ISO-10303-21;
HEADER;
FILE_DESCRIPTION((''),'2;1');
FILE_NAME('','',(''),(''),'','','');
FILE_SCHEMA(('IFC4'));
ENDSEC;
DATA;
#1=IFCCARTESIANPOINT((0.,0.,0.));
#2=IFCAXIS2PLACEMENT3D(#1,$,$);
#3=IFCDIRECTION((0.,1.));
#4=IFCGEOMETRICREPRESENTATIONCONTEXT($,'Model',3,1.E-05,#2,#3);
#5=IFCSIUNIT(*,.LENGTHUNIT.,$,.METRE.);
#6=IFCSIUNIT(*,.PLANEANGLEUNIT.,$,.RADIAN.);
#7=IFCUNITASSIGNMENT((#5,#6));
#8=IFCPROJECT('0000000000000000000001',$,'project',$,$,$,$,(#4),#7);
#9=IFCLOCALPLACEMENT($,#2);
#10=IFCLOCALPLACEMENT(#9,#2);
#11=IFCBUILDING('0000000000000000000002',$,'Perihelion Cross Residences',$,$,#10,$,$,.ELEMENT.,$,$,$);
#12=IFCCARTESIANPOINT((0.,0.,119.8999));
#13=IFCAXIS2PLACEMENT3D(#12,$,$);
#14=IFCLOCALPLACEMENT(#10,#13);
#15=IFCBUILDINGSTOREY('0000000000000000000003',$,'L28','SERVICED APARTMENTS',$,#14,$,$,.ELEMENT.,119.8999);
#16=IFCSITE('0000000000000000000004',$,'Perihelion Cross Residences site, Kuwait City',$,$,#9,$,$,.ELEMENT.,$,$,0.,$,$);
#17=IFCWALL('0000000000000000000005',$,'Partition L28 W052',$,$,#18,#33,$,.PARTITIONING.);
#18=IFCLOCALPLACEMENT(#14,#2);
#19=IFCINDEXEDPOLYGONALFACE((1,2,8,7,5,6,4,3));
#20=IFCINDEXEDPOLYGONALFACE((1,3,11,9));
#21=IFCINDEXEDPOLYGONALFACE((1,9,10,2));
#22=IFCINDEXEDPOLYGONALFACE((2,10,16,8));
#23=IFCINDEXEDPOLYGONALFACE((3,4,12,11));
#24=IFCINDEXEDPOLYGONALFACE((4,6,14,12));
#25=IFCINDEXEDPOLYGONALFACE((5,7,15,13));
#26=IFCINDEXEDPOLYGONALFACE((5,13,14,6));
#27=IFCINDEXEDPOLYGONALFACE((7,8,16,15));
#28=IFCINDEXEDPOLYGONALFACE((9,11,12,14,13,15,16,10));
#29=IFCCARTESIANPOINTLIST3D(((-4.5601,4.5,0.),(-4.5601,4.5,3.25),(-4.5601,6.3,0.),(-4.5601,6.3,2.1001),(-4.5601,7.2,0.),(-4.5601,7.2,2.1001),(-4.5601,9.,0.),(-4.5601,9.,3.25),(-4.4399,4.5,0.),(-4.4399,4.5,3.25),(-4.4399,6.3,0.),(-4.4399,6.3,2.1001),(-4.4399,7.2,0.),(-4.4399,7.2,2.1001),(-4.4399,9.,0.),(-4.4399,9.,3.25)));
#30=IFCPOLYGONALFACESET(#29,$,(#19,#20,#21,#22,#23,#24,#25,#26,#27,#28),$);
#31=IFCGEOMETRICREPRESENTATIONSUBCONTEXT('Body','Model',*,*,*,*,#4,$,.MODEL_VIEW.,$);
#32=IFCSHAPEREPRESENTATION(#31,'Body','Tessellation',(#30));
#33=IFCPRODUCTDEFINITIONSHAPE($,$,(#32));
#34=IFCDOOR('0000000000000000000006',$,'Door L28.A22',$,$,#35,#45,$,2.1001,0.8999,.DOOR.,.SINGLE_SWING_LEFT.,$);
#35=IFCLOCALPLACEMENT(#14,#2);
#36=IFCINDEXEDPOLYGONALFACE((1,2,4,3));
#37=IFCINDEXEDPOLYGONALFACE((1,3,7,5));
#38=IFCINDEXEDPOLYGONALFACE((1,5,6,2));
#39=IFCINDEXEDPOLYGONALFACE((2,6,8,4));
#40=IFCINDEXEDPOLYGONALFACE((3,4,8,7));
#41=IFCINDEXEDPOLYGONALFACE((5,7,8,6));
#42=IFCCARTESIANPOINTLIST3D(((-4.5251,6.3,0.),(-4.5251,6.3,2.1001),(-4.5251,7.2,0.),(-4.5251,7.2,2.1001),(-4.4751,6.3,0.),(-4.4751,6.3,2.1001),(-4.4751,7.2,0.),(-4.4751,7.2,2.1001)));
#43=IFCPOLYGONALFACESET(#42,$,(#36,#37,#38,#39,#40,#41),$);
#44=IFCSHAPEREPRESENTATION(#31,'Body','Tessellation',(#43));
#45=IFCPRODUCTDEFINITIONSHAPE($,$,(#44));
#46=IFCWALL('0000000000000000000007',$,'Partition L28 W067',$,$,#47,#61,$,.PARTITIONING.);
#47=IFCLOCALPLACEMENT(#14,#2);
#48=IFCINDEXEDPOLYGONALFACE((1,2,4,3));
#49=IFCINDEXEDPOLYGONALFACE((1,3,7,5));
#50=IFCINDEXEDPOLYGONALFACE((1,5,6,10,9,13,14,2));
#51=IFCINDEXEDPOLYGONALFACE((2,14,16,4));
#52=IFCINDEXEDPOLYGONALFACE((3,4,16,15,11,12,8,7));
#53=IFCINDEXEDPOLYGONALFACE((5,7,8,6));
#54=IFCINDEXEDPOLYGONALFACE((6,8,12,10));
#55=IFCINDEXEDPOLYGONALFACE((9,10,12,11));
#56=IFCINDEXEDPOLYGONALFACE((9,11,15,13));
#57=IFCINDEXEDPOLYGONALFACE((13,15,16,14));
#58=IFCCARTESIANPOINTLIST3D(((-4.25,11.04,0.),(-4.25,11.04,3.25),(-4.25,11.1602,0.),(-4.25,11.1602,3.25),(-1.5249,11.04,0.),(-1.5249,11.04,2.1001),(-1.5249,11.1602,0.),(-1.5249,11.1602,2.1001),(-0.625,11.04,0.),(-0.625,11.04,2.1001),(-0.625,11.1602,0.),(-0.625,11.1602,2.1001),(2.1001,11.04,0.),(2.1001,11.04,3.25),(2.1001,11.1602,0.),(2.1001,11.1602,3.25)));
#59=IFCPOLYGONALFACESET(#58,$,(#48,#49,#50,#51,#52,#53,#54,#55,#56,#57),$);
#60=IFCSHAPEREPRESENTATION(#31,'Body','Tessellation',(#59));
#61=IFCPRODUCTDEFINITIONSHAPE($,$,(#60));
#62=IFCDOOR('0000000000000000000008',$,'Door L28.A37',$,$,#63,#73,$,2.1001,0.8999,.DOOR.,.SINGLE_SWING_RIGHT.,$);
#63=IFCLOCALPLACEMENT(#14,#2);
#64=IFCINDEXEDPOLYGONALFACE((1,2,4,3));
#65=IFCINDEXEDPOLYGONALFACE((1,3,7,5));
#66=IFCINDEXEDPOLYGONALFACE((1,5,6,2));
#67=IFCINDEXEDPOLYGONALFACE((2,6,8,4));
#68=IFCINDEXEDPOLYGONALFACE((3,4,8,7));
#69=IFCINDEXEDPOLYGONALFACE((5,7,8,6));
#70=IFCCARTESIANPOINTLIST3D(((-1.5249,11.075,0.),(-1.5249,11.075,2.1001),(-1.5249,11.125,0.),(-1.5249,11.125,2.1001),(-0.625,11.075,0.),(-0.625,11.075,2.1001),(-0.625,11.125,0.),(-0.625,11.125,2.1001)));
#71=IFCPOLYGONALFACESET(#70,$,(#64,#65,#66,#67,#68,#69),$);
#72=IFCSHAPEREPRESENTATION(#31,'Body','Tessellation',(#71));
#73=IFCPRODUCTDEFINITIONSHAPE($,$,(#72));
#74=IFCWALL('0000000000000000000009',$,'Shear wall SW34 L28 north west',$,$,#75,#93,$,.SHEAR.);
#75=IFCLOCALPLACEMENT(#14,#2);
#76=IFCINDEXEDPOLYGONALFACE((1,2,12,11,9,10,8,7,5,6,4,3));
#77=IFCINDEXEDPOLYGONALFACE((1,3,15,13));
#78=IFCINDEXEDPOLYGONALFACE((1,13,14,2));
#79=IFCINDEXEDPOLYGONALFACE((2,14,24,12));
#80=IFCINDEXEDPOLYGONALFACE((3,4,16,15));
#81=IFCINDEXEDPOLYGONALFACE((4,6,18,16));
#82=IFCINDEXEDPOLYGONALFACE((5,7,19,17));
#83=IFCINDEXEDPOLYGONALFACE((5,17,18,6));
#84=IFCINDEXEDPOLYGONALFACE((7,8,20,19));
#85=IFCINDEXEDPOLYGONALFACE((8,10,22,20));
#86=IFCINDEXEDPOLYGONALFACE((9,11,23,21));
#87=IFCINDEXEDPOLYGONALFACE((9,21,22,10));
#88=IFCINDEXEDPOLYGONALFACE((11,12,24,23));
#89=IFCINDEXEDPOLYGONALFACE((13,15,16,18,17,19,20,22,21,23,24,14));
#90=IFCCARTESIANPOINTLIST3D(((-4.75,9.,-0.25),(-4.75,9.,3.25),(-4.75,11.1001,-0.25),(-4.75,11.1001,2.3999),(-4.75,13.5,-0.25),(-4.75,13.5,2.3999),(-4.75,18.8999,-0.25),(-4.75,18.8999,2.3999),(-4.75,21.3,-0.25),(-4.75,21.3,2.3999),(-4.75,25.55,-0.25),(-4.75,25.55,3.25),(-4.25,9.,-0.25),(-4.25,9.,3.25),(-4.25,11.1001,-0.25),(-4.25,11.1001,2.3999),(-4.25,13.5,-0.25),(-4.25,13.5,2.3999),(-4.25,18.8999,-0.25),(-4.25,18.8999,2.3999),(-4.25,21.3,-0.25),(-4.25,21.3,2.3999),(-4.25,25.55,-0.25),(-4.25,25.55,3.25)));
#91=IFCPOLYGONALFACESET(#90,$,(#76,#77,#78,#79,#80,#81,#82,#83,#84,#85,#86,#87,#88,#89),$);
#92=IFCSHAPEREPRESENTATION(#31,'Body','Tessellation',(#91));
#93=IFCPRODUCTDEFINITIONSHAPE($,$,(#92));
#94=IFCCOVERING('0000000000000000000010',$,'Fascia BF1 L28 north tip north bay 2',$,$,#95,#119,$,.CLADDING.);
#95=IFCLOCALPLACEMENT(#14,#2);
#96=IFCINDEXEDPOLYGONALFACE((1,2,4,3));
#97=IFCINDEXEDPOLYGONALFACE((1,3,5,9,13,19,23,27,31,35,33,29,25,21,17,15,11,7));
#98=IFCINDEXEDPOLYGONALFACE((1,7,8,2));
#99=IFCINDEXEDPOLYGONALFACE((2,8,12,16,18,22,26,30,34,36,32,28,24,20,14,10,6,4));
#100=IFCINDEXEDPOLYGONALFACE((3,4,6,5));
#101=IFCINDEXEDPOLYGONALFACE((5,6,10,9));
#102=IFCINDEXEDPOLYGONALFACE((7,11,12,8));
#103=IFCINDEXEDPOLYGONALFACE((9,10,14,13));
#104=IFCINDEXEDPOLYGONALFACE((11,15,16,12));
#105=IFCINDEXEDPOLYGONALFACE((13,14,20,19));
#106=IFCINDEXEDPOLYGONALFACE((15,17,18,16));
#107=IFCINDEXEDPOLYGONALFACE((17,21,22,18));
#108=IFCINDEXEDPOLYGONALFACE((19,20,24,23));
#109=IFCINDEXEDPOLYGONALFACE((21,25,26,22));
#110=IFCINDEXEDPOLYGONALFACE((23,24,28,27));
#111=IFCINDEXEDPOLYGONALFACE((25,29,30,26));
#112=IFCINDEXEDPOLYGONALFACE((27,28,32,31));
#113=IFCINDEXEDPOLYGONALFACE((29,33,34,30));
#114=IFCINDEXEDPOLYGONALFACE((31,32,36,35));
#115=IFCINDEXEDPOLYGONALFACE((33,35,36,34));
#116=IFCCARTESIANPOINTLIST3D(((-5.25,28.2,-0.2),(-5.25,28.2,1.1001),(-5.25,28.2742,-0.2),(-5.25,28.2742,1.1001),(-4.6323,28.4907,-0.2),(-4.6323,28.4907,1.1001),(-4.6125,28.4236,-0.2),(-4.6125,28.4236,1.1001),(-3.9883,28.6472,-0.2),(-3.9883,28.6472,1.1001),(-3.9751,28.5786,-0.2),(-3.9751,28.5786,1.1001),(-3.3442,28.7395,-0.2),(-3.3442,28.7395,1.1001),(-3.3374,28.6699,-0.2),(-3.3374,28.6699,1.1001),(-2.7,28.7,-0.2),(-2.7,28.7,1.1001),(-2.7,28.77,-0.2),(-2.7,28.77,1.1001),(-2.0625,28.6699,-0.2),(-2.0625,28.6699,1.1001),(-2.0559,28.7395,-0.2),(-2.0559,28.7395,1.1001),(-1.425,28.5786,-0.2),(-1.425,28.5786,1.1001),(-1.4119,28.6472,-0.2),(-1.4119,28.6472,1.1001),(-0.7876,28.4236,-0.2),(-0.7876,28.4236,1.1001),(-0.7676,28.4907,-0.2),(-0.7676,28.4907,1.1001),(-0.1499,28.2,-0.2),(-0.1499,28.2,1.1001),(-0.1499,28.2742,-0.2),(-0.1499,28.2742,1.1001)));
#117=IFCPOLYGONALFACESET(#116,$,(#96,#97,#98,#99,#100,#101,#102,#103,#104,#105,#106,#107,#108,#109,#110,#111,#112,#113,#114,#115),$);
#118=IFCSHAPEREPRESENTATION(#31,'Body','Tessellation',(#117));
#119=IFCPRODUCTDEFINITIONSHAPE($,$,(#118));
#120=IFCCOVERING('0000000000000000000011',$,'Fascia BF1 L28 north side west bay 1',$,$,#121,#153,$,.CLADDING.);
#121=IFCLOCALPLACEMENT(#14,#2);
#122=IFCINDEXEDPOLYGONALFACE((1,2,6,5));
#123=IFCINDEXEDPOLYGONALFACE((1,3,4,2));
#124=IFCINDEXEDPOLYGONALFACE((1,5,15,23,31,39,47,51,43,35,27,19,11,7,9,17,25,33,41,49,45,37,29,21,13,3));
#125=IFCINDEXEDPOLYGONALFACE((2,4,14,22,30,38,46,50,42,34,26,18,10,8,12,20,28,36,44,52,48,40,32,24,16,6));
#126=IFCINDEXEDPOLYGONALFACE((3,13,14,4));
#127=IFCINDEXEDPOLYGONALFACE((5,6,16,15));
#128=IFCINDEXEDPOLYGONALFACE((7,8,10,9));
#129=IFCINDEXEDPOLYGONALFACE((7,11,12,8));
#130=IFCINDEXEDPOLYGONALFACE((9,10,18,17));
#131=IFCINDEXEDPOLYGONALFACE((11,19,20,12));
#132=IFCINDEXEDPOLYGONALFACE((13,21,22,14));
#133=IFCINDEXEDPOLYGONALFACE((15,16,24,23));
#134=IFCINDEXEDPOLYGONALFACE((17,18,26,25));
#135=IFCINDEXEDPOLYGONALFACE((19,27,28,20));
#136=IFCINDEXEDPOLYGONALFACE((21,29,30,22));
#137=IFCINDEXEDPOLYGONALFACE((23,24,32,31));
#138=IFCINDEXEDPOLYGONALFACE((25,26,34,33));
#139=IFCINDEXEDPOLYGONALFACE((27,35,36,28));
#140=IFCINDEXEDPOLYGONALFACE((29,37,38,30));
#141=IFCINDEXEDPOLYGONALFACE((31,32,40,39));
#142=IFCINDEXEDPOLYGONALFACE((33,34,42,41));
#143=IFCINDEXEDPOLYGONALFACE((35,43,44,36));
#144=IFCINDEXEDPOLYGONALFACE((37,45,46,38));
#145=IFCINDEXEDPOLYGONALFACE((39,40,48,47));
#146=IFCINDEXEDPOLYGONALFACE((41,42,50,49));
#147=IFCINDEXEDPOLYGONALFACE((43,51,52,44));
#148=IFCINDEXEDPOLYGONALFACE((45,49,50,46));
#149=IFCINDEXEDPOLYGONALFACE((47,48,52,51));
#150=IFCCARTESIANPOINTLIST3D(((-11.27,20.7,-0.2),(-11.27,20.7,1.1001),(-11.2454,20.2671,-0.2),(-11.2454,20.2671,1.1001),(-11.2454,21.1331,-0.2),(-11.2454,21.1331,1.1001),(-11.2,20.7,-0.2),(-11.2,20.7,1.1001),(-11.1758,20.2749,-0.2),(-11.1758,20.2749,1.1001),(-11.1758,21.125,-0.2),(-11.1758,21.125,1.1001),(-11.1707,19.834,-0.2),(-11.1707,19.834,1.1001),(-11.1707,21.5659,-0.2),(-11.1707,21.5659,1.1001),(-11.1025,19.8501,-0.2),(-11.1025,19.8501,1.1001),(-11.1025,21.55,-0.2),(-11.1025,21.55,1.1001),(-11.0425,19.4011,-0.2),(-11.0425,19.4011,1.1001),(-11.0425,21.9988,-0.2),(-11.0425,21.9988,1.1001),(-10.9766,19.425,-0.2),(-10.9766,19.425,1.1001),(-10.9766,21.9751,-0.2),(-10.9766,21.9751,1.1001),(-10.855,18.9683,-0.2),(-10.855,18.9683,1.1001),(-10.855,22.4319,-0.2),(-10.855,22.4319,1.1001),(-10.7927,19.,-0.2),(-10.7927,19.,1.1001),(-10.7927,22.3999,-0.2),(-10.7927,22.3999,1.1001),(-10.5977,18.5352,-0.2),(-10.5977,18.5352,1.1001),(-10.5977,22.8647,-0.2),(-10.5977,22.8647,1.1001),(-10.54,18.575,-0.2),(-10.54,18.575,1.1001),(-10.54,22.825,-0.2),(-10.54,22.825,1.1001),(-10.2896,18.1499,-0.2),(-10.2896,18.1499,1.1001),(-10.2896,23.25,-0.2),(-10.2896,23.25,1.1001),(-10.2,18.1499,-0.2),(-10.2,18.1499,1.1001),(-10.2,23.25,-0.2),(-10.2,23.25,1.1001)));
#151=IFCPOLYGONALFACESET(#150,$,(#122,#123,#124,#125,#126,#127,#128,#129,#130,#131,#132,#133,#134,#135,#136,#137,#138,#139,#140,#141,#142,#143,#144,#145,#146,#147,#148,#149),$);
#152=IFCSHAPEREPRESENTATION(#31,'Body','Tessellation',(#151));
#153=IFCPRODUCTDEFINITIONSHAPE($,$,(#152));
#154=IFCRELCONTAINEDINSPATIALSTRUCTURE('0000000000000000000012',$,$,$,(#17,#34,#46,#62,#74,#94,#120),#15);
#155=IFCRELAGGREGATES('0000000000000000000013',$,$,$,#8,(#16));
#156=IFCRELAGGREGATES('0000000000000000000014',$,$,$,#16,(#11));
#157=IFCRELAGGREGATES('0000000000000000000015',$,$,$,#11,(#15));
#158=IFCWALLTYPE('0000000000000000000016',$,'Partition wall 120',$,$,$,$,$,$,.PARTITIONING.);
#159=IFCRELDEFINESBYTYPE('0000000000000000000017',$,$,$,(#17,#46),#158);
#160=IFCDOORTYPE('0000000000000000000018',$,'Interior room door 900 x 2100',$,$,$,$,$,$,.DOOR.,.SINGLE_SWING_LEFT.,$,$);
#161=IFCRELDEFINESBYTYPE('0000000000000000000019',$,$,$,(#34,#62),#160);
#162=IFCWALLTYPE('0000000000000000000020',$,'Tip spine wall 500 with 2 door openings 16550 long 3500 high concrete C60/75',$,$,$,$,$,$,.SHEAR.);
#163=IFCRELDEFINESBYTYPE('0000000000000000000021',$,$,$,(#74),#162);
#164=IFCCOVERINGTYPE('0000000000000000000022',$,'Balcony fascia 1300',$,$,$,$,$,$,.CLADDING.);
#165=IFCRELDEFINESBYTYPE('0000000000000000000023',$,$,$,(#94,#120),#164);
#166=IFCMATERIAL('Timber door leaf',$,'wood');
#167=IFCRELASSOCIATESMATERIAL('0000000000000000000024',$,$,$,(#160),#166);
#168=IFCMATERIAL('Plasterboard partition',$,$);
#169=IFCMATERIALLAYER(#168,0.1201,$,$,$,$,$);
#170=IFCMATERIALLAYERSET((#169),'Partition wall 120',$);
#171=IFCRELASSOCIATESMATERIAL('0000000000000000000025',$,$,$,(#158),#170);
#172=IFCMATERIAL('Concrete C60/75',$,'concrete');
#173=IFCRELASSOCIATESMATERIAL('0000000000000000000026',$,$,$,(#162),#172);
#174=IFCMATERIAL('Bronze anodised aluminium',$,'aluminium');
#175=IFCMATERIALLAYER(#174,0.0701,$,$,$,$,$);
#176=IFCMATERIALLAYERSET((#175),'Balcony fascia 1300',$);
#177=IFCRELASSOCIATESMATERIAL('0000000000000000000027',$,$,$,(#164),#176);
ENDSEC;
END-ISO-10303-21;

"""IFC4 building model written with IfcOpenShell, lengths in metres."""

from ifc_helpers import new_model, si_unit, direction, frame, frame_2d, origin, place, context, subcontext, project, spatial, polyline, rectangle, outline, extrude, material, layer, layer_set, material_profile, profile_set, type_object, element, fill, save


model = new_model("IFC4")

# Units and contexts
model_context = context("Model", 3, precision=1e-05, world=origin(), true_north=direction((0.0, 1.0)))
body_context = subcontext(model_context, "Body", "Model", "MODEL_VIEW")
ifc_project = project(units=[si_unit("LENGTHUNIT", "METRE"), si_unit("PLANEANGLEUNIT", "RADIAN")], contexts=[model_context])

# Site, building, storey
site_placement = place(None, origin())
site = spatial("IfcSite", under=ifc_project, at=site_placement, Name="Perihelion Cross Residences site, Kuwait City", CompositionType="ELEMENT", RefElevation=0.0)
building_placement = place(site_placement, origin())
building = spatial("IfcBuilding", under=site, at=building_placement, Name="Perihelion Cross Residences", CompositionType="ELEMENT")
storey_placement = place(building_placement, frame((0.0, 0.0, 119.8999)))
storey = spatial("IfcBuildingStorey", under=building, at=storey_placement, Name="L28", Description="SERVICED APARTMENTS", CompositionType="ELEMENT", Elevation=119.8999)

# Shared definitions
ifc_material_1 = material(Name="Timber door leaf", Category="wood")
door_type_1 = type_object("IfcDoorType", Name="Interior room door 900 x 2100", OperationType="SINGLE_SWING_LEFT", PredefinedType="DOOR", material=ifc_material_1)

# Shared definitions
ifc_material_2 = material(Name="Plasterboard partition")
ifc_layer_1 = layer(ifc_material_2, 0.1201)
ifc_layer_set_1 = layer_set([ifc_layer_1], Name="Partition wall 120")
wall_type_1 = type_object("IfcWallType", Name="Partition wall 120", PredefinedType="PARTITIONING", material=ifc_layer_set_1)

# Walls, openings, doors
wall_1_placement = place(storey_placement, frame((-4.5, 9.0, 0.0), z_axis=(0.0, 0.0, 1.0), x_axis=(0.0, -1.0, 0.0)))
wall_1 = element("IfcWall", 1, at=wall_1_placement, inside=storey, type_object=wall_type_1, Name="Partition L28 W052", PredefinedType="PARTITIONING", context=body_context, shape_type="SweptSolid", body=[
    extrude(rectangle(XDim=4.5, YDim=0.1201, at=frame_2d((2.25, 0.0))), origin(), (0.0, 0.0, 1.0), 3.25),
])
opening_1_placement = place(wall_1_placement, frame((1.8, 0.0, 0.0)))
opening_1 = element("IfcOpeningElement", 2, at=opening_1_placement, cuts=wall_1, PredefinedType="OPENING", context=body_context, shape_type="SweptSolid", body=[
    extrude(rectangle(XDim=0.8999, YDim=2.1001, at=frame_2d((0.45, 1.05))), frame((0.0, 0.0701, 0.0), z_axis=(0.0, -1.0, 0.0), x_axis=(1.0, 0.0, 0.0)), (0.0, 0.0, 1.0), 0.1401),
])
door_1_placement = place(opening_1_placement, origin())
door_1 = element("IfcDoor", 3, at=door_1_placement, inside=storey, type_object=door_type_1, Name="Door L28.A22", OperationType="SINGLE_SWING_LEFT", OverallHeight=2.1001, OverallWidth=0.8999, PredefinedType="DOOR", context=body_context, shape_type="SweptSolid", body=[
    extrude(rectangle(XDim=0.8999, YDim=2.1001, at=frame_2d((0.45, 1.05))), frame((0.0, 0.0249, 0.0), z_axis=(0.0, -1.0, 0.0), x_axis=(1.0, 0.0, 0.0)), (0.0, 0.0, 1.0), 0.05),
])
fill(opening_1, door_1)
wall_2_placement = place(storey_placement, frame((-4.25, 11.1001, 0.0), z_axis=(0.0, 0.0, 1.0), x_axis=(1.0, 0.0, 0.0)))
wall_2 = element("IfcWall", 4, at=wall_2_placement, inside=storey, type_object=wall_type_1, Name="Partition L28 W067", PredefinedType="PARTITIONING", context=body_context, shape_type="SweptSolid", body=[
    extrude(rectangle(XDim=6.3501, YDim=0.1201, at=frame_2d((3.175, 0.0))), origin(), (0.0, 0.0, 1.0), 3.25),
])
opening_2_placement = place(wall_2_placement, frame((2.7251, 0.0, 0.0)))
opening_2 = element("IfcOpeningElement", 5, at=opening_2_placement, cuts=wall_2, PredefinedType="OPENING", context=body_context, shape_type="SweptSolid", body=[
    extrude(rectangle(XDim=0.8999, YDim=2.1001, at=frame_2d((0.45, 1.05))), frame((0.0, 0.0701, 0.0), z_axis=(0.0, -1.0, 0.0), x_axis=(1.0, 0.0, 0.0)), (0.0, 0.0, 1.0), 0.1401),
])
door_2_placement = place(opening_2_placement, origin())
door_2 = element("IfcDoor", 6, at=door_2_placement, inside=storey, type_object=door_type_1, Name="Door L28.A37", OperationType="SINGLE_SWING_RIGHT", OverallHeight=2.1001, OverallWidth=0.8999, PredefinedType="DOOR", context=body_context, shape_type="SweptSolid", body=[
    extrude(rectangle(XDim=0.8999, YDim=2.1001, at=frame_2d((0.45, 1.05))), frame((0.0, 0.0249, 0.0), z_axis=(0.0, -1.0, 0.0), x_axis=(1.0, 0.0, 0.0)), (0.0, 0.0, 1.0), 0.05),
])
fill(opening_2, door_2)

# Wall
ifc_material_3 = material(Name="Concrete C60/75", Category="concrete")
ifc_material_profile_1 = material_profile(ifc_material_3, outline(polyline([(0.0, 0.0), (2.1001, 0.0), (2.1001, 2.6499), (4.5, 2.6499), (4.5, 0.0), (9.8999, 0.0), (9.8999, 2.6499), (12.3, 2.6499), (12.3, 0.0), (16.55, 0.0), (16.55, 3.5), (0.0, 3.5), (0.0, 0.0)])), Name="Tip spine wall")
ifc_profile_set_1 = profile_set([ifc_material_profile_1], Name="Concrete C60/75")
wall_type_2 = type_object("IfcWallType", Name="Tip spine wall 500 with 2 door openings 16550 long 3500 high concrete C60/75", PredefinedType="SHEAR", material=ifc_profile_set_1)
wall_3_placement = place(storey_placement, frame((-4.75, 9.0, -0.25), z_axis=(1.0, 0.0, 0.0), x_axis=(0.0, 1.0, 0.0)))
element("IfcWall", 7, at=wall_3_placement, inside=storey, type_object=wall_type_2, Name="Shear wall SW34 L28 north west", PredefinedType="SHEAR", context=body_context, shape_type="SweptSolid", body=[
    extrude(outline(polyline([(0.0, 0.0), (2.1001, 0.0), (2.1001, 2.6499), (4.5, 2.6499), (4.5, 0.0), (9.8999, 0.0), (9.8999, 2.6499), (12.3, 2.6499), (12.3, 0.0), (16.55, 0.0), (16.55, 3.5), (0.0, 3.5), (0.0, 0.0)])), origin(), (0.0, 0.0, 1.0), 0.5),
])

# Coverings
ifc_material_4 = material(Name="Bronze anodised aluminium", Category="aluminium")
ifc_layer_2 = layer(ifc_material_4, 0.0701)
ifc_layer_set_2 = layer_set([ifc_layer_2], Name="Balcony fascia 1300")
covering_type = type_object("IfcCoveringType", Name="Balcony fascia 1300", PredefinedType="CLADDING", material=ifc_layer_set_2)
covering_1_placement = place(storey_placement, frame((0.0, 0.0, -0.2)))
element("IfcCovering", 8, at=covering_1_placement, inside=storey, type_object=covering_type, Name="Fascia BF1 L28 north tip north bay 2", PredefinedType="CLADDING", context=body_context, shape_type="SweptSolid", body=[
    extrude(outline(polyline([(-0.7676, 28.4907), (-1.4119, 28.6472), (-2.0559, 28.7395), (-2.7, 28.77), (-3.3442, 28.7395), (-3.9883, 28.6472), (-4.6323, 28.4907), (-5.25, 28.2742), (-5.25, 28.2), (-4.6125, 28.4236), (-3.9751, 28.5786), (-3.3374, 28.6699), (-2.7, 28.7), (-2.0625, 28.6699), (-1.425, 28.5786), (-0.7876, 28.4236), (-0.1499, 28.2), (-0.1499, 28.2742), (-0.7676, 28.4907)])), origin(), (0.0, 0.0, 1.0), 1.3),
])
covering_2_placement = place(storey_placement, frame((0.0, 0.0, -0.2)))
element("IfcCovering", 9, at=covering_2_placement, inside=storey, type_object=covering_type, Name="Fascia BF1 L28 north side west bay 1", PredefinedType="CLADDING", context=body_context, shape_type="SweptSolid", body=[
    extrude(outline(polyline([(-10.5977, 22.8647), (-10.855, 22.4319), (-11.0425, 21.9988), (-11.1707, 21.5659), (-11.2454, 21.1331), (-11.27, 20.7), (-11.2454, 20.2671), (-11.1707, 19.834), (-11.0425, 19.4011), (-10.855, 18.9683), (-10.5977, 18.5352), (-10.2896, 18.1499), (-10.2, 18.1499), (-10.54, 18.575), (-10.7927, 19.0), (-10.9766, 19.425), (-11.1025, 19.8501), (-11.1758, 20.2749), (-11.2, 20.7), (-11.1758, 21.125), (-11.1025, 21.55), (-10.9766, 21.9751), (-10.7927, 22.3999), (-10.54, 22.825), (-10.2, 23.25), (-10.2896, 23.25), (-10.5977, 22.8647)])), origin(), (0.0, 0.0, 1.0), 1.3),
])

save(model, "model.ifc")
